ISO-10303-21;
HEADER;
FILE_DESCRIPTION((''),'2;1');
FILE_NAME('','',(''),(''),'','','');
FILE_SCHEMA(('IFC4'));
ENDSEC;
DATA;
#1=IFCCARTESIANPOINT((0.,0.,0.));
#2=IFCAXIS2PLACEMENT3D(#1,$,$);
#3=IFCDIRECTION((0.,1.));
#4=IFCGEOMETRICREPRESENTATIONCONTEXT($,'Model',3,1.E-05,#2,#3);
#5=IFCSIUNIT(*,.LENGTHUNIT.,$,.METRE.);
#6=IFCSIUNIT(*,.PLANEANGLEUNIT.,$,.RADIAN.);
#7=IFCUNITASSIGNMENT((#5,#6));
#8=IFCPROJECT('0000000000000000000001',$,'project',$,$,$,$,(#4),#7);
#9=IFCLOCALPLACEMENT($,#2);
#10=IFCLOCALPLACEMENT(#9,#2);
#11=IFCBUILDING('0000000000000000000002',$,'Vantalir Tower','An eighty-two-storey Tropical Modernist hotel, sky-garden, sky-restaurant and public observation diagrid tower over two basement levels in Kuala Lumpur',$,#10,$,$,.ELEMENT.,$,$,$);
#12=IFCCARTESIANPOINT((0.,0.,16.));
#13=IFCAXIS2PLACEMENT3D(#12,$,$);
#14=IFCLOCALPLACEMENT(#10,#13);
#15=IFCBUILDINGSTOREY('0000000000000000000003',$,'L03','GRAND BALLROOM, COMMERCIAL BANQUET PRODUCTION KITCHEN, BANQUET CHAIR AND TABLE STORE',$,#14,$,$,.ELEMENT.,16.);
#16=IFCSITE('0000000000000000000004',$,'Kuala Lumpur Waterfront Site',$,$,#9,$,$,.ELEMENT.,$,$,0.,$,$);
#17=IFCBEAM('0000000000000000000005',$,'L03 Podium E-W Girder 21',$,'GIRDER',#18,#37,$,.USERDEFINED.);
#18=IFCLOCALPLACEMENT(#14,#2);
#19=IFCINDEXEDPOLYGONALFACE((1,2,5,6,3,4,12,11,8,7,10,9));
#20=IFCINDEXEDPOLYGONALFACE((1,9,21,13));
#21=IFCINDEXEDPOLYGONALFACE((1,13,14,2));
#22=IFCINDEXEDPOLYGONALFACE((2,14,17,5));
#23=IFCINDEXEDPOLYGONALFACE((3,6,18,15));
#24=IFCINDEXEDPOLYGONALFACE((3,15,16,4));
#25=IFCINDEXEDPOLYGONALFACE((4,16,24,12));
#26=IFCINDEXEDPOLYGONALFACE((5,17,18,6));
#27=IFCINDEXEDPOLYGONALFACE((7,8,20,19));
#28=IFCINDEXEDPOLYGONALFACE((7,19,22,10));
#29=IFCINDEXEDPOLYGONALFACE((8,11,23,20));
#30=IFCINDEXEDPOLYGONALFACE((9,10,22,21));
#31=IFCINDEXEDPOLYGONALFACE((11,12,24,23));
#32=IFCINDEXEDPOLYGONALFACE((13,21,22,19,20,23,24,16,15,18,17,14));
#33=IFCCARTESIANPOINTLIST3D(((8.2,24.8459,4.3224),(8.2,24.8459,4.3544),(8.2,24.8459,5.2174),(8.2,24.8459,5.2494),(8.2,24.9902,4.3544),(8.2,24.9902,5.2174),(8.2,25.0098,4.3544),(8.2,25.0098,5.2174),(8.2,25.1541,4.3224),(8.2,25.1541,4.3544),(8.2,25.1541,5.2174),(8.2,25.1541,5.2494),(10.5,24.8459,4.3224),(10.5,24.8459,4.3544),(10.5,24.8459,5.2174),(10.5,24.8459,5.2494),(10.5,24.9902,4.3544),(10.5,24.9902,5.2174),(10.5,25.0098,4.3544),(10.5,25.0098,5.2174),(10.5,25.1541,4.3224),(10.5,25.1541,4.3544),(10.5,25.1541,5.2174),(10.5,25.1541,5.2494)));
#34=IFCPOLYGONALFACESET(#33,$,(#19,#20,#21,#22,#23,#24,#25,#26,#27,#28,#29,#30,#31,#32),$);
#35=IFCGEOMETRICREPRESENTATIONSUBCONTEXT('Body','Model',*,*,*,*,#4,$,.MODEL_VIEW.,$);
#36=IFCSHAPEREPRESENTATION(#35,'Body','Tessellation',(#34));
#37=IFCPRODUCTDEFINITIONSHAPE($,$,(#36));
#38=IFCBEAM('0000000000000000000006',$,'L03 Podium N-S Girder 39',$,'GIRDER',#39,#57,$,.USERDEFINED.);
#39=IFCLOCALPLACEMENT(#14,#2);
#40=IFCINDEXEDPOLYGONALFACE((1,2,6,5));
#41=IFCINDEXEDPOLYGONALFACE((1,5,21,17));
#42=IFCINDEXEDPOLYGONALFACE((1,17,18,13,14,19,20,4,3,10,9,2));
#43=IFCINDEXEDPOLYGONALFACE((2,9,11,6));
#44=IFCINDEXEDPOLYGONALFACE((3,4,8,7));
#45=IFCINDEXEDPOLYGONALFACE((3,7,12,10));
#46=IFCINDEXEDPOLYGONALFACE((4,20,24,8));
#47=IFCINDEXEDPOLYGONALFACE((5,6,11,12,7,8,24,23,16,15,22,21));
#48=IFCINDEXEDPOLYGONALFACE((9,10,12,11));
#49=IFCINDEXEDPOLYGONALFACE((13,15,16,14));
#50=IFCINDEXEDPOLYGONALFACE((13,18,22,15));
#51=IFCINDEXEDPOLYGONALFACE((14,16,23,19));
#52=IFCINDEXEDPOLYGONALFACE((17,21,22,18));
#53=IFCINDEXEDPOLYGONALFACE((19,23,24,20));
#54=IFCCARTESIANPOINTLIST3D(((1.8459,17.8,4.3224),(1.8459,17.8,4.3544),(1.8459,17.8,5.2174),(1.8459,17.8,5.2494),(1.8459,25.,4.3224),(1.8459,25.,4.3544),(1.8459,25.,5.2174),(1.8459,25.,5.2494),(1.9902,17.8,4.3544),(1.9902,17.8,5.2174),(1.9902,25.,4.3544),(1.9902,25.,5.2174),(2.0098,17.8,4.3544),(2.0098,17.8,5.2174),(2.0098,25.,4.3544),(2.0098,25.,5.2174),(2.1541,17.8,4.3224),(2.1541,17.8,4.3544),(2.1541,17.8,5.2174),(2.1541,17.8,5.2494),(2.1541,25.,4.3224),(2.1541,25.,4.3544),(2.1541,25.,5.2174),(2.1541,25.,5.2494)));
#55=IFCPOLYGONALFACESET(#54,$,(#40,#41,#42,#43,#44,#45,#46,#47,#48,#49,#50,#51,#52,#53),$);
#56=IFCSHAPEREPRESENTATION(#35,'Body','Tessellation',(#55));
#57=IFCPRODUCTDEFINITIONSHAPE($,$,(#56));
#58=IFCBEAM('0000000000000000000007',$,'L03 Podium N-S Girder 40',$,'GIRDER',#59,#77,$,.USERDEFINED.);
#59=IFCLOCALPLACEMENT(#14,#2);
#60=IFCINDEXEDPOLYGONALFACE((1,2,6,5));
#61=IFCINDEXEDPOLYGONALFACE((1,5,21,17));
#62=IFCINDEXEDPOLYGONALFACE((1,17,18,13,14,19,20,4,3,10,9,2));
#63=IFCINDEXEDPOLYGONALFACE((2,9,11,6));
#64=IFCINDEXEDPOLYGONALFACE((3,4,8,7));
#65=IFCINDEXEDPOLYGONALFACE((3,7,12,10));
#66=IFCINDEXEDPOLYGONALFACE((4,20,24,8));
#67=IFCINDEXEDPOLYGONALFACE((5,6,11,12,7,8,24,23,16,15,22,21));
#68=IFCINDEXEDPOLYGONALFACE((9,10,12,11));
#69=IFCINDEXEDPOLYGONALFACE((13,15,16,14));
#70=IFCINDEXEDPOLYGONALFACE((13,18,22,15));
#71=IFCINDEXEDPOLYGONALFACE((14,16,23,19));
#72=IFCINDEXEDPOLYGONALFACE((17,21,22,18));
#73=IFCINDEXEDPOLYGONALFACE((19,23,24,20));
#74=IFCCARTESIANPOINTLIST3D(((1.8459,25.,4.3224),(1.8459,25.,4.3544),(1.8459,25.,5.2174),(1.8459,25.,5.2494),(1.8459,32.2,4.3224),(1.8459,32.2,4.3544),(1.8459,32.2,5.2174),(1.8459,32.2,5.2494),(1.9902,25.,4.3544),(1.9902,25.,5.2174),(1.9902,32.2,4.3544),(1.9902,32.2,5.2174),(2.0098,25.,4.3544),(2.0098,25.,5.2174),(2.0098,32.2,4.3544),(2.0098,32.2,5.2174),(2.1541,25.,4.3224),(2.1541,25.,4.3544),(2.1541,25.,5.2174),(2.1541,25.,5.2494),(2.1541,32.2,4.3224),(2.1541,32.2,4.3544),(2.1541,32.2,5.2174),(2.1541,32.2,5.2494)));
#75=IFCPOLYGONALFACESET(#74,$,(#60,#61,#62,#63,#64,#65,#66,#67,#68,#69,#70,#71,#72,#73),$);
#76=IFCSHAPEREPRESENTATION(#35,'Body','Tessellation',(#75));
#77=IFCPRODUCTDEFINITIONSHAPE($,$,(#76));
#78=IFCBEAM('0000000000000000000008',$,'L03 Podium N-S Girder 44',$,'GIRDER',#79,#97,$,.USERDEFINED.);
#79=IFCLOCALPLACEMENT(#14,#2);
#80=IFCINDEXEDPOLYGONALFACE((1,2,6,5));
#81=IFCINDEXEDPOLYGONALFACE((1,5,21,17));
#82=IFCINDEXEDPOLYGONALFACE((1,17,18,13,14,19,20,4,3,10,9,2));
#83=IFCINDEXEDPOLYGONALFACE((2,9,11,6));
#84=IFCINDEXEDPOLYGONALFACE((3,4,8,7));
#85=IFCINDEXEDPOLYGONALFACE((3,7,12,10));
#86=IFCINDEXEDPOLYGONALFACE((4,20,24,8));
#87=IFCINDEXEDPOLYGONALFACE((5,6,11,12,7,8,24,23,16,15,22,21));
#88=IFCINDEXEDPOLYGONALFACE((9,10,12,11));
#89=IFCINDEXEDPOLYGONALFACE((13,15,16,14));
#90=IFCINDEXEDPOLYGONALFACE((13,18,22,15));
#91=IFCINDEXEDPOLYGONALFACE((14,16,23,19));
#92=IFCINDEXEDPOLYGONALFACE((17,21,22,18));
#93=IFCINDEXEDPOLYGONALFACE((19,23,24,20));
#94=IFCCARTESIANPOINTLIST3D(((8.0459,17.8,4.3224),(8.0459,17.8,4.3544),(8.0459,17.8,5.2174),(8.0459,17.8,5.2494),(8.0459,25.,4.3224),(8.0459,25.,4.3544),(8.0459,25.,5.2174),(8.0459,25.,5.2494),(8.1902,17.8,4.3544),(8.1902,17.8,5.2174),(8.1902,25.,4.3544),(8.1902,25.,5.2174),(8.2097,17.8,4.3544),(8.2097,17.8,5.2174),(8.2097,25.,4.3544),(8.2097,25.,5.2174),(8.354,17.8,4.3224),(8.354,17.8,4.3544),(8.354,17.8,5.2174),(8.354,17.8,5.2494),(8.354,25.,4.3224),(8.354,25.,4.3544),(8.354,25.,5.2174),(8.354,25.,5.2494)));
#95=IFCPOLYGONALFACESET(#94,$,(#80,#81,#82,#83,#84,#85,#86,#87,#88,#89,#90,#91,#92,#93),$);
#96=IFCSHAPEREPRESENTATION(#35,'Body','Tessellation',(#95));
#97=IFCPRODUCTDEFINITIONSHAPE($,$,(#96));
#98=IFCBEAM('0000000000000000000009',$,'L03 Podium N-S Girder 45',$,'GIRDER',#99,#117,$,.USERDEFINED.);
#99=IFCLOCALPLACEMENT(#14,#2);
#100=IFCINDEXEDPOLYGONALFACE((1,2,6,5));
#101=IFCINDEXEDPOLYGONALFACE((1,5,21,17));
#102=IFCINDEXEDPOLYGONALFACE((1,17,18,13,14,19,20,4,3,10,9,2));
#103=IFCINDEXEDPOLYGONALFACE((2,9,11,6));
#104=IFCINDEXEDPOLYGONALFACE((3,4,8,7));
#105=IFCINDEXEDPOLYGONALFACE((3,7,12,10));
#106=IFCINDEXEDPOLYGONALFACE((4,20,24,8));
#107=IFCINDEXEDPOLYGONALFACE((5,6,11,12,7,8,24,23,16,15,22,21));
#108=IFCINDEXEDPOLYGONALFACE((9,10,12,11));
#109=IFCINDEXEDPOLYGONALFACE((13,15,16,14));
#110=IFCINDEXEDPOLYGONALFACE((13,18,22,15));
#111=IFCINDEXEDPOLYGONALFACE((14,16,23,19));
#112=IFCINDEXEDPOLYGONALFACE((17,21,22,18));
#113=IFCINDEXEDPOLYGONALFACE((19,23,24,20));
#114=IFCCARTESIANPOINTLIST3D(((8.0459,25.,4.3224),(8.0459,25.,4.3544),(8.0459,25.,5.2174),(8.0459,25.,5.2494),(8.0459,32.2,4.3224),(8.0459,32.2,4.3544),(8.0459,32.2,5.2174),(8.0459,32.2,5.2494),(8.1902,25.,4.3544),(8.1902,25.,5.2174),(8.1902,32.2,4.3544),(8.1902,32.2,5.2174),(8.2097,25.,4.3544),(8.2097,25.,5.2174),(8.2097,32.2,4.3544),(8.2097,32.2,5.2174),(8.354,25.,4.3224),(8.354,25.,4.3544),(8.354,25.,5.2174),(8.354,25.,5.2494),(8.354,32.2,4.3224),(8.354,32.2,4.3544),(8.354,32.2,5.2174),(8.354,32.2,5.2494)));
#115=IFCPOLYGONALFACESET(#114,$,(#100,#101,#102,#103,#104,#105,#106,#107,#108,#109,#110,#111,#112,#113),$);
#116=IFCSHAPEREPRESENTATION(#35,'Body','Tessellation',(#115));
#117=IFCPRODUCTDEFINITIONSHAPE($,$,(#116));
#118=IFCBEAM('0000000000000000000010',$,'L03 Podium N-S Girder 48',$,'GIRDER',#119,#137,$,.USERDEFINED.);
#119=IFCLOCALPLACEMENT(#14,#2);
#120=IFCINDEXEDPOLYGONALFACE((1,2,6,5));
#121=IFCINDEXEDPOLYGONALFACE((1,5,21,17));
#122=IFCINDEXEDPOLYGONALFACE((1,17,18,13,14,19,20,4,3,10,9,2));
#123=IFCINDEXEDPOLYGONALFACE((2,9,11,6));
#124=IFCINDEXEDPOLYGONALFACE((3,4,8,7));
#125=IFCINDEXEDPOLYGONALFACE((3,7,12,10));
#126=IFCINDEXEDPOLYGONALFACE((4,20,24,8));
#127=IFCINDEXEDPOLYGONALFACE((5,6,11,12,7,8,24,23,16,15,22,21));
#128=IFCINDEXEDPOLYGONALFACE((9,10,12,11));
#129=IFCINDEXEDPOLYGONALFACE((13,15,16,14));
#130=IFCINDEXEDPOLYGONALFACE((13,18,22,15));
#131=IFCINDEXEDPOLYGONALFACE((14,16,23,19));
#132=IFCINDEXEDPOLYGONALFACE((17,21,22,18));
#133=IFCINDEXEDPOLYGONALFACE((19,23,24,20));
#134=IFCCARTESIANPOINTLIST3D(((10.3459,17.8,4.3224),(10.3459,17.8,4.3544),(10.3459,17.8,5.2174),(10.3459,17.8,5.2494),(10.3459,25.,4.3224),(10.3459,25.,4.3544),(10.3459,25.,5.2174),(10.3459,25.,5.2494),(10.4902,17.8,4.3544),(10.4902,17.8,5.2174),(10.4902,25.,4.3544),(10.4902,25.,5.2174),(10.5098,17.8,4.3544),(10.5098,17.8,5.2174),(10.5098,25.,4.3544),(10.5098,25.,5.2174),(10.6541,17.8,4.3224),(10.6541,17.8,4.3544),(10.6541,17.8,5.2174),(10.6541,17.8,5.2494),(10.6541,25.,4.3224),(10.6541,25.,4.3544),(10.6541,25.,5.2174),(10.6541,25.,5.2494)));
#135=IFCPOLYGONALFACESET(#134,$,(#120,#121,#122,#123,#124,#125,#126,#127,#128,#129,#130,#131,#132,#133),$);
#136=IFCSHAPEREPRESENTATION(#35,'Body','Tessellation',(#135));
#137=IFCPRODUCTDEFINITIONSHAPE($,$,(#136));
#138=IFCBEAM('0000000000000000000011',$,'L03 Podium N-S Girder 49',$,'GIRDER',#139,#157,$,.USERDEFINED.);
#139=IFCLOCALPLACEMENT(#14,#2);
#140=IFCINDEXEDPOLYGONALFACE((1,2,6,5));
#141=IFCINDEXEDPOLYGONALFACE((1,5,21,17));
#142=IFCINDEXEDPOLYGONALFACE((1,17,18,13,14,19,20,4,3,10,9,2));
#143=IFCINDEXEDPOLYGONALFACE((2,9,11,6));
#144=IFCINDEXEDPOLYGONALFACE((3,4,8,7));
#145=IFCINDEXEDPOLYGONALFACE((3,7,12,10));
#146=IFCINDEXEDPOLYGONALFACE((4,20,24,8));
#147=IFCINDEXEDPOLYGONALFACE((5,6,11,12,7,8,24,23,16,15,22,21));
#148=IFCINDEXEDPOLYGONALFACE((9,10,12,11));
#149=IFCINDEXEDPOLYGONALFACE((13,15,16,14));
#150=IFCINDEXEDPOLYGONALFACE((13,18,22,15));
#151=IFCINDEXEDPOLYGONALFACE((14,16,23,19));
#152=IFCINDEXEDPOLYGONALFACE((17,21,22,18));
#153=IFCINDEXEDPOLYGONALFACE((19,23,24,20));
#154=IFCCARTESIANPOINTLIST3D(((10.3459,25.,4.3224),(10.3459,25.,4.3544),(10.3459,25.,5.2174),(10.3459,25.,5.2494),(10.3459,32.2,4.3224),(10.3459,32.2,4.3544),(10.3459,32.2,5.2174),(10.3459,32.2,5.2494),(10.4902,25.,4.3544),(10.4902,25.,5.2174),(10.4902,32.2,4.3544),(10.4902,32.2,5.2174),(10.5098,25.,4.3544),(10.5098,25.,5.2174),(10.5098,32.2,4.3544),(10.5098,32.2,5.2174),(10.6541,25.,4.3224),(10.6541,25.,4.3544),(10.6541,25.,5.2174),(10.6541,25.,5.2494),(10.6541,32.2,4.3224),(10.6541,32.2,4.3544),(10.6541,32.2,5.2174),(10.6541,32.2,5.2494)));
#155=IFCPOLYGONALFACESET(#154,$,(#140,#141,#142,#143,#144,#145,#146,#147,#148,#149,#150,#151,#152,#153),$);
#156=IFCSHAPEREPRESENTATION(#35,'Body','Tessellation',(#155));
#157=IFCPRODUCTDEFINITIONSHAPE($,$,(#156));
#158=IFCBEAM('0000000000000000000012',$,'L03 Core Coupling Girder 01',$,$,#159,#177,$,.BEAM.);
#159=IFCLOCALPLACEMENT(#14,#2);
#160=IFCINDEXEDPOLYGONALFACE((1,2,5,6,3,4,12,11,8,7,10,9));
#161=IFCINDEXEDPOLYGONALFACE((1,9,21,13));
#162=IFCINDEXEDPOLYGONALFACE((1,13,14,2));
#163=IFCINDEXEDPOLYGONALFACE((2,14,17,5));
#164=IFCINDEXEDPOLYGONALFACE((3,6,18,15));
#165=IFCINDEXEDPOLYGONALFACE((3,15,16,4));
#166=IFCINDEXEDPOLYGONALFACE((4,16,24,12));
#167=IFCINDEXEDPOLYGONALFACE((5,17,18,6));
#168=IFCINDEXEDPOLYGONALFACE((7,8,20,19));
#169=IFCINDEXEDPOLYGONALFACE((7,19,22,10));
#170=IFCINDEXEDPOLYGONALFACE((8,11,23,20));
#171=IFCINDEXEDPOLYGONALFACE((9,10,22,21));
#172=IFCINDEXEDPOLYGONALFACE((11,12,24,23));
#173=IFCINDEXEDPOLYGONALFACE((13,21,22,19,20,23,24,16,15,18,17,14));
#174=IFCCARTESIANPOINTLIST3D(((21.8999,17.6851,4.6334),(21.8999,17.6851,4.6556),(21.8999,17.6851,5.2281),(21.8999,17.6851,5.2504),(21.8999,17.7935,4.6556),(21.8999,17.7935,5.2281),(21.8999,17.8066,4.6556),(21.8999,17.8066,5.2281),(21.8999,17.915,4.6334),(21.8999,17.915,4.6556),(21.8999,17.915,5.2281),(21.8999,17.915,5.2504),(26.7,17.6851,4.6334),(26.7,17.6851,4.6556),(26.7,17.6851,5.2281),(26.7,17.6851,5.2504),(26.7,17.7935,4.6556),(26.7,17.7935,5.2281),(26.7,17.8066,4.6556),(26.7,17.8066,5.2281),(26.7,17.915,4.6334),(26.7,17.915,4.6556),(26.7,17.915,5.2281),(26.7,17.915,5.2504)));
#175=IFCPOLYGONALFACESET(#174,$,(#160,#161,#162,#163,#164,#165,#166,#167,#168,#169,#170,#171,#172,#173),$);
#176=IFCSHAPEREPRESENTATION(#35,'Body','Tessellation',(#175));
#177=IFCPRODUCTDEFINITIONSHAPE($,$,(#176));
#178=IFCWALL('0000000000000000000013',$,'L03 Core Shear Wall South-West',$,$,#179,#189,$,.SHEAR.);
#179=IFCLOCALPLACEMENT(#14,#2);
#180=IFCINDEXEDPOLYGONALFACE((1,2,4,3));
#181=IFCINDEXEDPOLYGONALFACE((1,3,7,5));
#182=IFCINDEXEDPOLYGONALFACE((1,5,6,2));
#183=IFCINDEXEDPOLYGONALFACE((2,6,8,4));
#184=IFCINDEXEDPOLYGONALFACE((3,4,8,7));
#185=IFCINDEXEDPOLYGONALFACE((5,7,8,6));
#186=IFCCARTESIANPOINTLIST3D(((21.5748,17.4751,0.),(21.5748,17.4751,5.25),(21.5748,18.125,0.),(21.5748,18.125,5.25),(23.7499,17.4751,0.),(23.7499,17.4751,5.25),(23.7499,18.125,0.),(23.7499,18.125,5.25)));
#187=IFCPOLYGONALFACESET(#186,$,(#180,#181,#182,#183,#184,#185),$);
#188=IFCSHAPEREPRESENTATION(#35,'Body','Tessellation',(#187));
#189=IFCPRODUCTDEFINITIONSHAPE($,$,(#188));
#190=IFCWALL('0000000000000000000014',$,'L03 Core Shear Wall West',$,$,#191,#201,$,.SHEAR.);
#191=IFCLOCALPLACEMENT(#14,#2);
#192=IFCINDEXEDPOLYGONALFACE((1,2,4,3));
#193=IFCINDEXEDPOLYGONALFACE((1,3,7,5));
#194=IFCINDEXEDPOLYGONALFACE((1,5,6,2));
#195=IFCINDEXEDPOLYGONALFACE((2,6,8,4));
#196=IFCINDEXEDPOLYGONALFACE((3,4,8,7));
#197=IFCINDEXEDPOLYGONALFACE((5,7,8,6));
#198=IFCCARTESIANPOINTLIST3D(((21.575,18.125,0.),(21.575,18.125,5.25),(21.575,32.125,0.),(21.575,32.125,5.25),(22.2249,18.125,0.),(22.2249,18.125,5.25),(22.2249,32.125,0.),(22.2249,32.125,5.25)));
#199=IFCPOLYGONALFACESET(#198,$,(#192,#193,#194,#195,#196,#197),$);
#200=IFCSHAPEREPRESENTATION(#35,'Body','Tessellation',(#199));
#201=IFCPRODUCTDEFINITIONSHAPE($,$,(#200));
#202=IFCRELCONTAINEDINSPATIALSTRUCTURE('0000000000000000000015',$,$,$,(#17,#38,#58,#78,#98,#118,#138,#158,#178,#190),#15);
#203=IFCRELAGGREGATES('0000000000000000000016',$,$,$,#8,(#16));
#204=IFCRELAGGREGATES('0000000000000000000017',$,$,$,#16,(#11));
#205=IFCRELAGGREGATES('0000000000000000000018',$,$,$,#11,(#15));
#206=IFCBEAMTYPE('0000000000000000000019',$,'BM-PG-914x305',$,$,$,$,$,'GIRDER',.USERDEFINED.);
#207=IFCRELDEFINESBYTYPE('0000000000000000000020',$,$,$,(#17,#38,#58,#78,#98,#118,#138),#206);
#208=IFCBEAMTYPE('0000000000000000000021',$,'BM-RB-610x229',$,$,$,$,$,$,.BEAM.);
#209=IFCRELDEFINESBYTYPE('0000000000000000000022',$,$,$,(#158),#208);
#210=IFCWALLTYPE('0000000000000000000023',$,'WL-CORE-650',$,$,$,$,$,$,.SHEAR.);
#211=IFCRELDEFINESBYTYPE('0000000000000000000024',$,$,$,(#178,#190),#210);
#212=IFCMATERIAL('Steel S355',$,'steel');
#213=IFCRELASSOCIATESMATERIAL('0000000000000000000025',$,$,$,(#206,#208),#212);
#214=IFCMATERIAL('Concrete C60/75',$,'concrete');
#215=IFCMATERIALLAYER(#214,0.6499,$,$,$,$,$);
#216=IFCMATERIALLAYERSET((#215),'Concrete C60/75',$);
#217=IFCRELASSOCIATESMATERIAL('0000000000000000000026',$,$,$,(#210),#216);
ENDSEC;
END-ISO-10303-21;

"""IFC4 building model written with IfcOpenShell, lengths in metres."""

from ifc_helpers import new_model, si_unit, direction, frame, frame_2d, origin, origin_2d, place, context, subcontext, project, spatial, rectangle, i_section, extrude, material, layer, layer_set, material_profile, profile_set, type_object, element, save


model = new_model("IFC4")

# Units and contexts
model_context = context("Model", 3, precision=1e-05, world=origin(), true_north=direction((0.0, 1.0)))
body_context = subcontext(model_context, "Body", "Model", "MODEL_VIEW")
ifc_project = project(units=[si_unit("LENGTHUNIT", "METRE"), si_unit("PLANEANGLEUNIT", "RADIAN")], contexts=[model_context])

# Site, building, storey
site_placement = place(None, origin())
site = spatial("IfcSite", under=ifc_project, at=site_placement, Name="Kuala Lumpur Waterfront Site", CompositionType="ELEMENT", RefElevation=0.0)
building_placement = place(site_placement, origin())
building = spatial("IfcBuilding", under=site, at=building_placement, Name="Vantalir Tower", Description="An eighty-two-storey Tropical Modernist hotel, sky-garden, sky-restaurant and public observation diagrid tower over two basement levels in Kuala Lumpur", CompositionType="ELEMENT")
storey_placement = place(building_placement, frame((0.0, 0.0, 16.0)))
storey = spatial("IfcBuildingStorey", under=building, at=storey_placement, Name="L03", Description="GRAND BALLROOM, COMMERCIAL BANQUET PRODUCTION KITCHEN, BANQUET CHAIR AND TABLE STORE", CompositionType="ELEMENT", Elevation=16.0)

# Shared definitions
ifc_material_1 = material(Name="Concrete C60/75", Category="concrete")

# Beams
ifc_material_2 = material(Name="Steel S355", Category="steel")
ifc_material_profile_1 = material_profile(ifc_material_2, i_section(OverallWidth=0.3081, OverallDepth=0.927, WebThickness=0.0195, FlangeThickness=0.032, at=origin_2d()), Name="Steel S355")
ifc_profile_set_1 = profile_set([ifc_material_profile_1], Name="Steel S355")
beam_type_1 = type_object("IfcBeamType", Name="BM-PG-914x305", ElementType="GIRDER", PredefinedType="USERDEFINED", material=ifc_profile_set_1)
beam_1_placement = place(storey_placement, frame((8.2, 25.0, 4.7859), z_axis=(1.0, 0.0, 0.0), x_axis=(0.0, 1.0, 0.0)))
element("IfcBeam", 1, at=beam_1_placement, inside=storey, type_object=beam_type_1, Name="L03 Podium E-W Girder 21", ObjectType="GIRDER", PredefinedType="USERDEFINED", context=body_context, shape_type="SweptSolid", body=[
    extrude(i_section(OverallWidth=0.3081, OverallDepth=0.927, WebThickness=0.0195, FlangeThickness=0.032, at=origin_2d()), origin(), (0.0, 0.0, 1.0), 2.3),
])
for number, where, z_axis, x_axis, name in (
    (2, (2.0, 17.8, 4.7859), (0.0, 1.0, 0.0), (-1.0, 0.0, 0.0), "L03 Podium N-S Girder 39"),
    (3, (2.0, 25.0, 4.7859), (0.0, 1.0, 0.0), (-1.0, 0.0, 0.0), "L03 Podium N-S Girder 40"),
    (4, (8.2, 17.8, 4.7859), (0.0, 1.0, 0.0), (-1.0, 0.0, 0.0), "L03 Podium N-S Girder 44"),
    (5, (8.2, 25.0, 4.7859), (0.0, 1.0, 0.0), (-1.0, 0.0, 0.0), "L03 Podium N-S Girder 45"),
    (6, (10.5, 17.8, 4.7859), (0.0, 1.0, 0.0), (-1.0, 0.0, 0.0), "L03 Podium N-S Girder 48"),
    (7, (10.5, 25.0, 4.7859), (0.0, 1.0, 0.0), (-1.0, 0.0, 0.0), "L03 Podium N-S Girder 49"),
):
    element("IfcBeam", number, at=place(storey_placement, frame(where, z_axis=z_axis, x_axis=x_axis)), inside=storey, type_object=beam_type_1, Name=name, ObjectType="GIRDER", PredefinedType="USERDEFINED", context=body_context, shape_type="SweptSolid", body=[
        extrude(i_section(OverallWidth=0.3081, OverallDepth=0.927, WebThickness=0.0195, FlangeThickness=0.032, at=origin_2d()), origin(), (0.0, 0.0, 1.0), 7.2),
    ])
ifc_material_profile_2 = material_profile(ifc_material_2, i_section(OverallWidth=0.23, OverallDepth=0.6169, WebThickness=0.0132, FlangeThickness=0.0222, at=origin_2d()), Name="Steel S355")
ifc_profile_set_2 = profile_set([ifc_material_profile_2], Name="Steel S355")
beam_type_2 = type_object("IfcBeamType", Name="BM-RB-610x229", PredefinedType="BEAM", material=ifc_profile_set_2)
beam_2_placement = place(storey_placement, frame((21.8999, 17.8, 4.9419), z_axis=(1.0, 0.0, 0.0), x_axis=(0.0, 1.0, 0.0)))
element("IfcBeam", 8, at=beam_2_placement, inside=storey, type_object=beam_type_2, Name="L03 Core Coupling Girder 01", PredefinedType="BEAM", context=body_context, shape_type="SweptSolid", body=[
    extrude(i_section(OverallWidth=0.23, OverallDepth=0.6169, WebThickness=0.0132, FlangeThickness=0.0222, at=origin_2d()), origin(), (0.0, 0.0, 1.0), 4.8),
])

# Walls
ifc_layer_1 = layer(ifc_material_1, 0.6499)
ifc_layer_set_1 = layer_set([ifc_layer_1], Name="Concrete C60/75")
wall_type_1 = type_object("IfcWallType", Name="WL-CORE-650", PredefinedType="SHEAR", material=ifc_layer_set_1)
wall_1_placement = place(storey_placement, frame((21.575, 17.8, 0.0), z_axis=(0.0, 0.0, 1.0), x_axis=(1.0, 0.0, 0.0)))
element("IfcWall", 9, at=wall_1_placement, inside=storey, type_object=wall_type_1, Name="L03 Core Shear Wall South-West", PredefinedType="SHEAR", context=body_context, shape_type="SweptSolid", body=[
    extrude(rectangle(XDim=2.175, YDim=0.6499, at=frame_2d((1.0874, 0.0))), origin(), (0.0, 0.0, 1.0), 5.25),
])
wall_2_placement = place(storey_placement, frame((21.8999, 18.125, 0.0), z_axis=(0.0, 0.0, 1.0), x_axis=(0.0, 1.0, 0.0)))
element("IfcWall", 10, at=wall_2_placement, inside=storey, type_object=wall_type_1, Name="L03 Core Shear Wall West", PredefinedType="SHEAR", context=body_context, shape_type="SweptSolid", body=[
    extrude(rectangle(XDim=14.0, YDim=0.6499, at=frame_2d((7.0, 0.0))), origin(), (0.0, 0.0, 1.0), 5.25),
])

save(model, "model.ifc")
